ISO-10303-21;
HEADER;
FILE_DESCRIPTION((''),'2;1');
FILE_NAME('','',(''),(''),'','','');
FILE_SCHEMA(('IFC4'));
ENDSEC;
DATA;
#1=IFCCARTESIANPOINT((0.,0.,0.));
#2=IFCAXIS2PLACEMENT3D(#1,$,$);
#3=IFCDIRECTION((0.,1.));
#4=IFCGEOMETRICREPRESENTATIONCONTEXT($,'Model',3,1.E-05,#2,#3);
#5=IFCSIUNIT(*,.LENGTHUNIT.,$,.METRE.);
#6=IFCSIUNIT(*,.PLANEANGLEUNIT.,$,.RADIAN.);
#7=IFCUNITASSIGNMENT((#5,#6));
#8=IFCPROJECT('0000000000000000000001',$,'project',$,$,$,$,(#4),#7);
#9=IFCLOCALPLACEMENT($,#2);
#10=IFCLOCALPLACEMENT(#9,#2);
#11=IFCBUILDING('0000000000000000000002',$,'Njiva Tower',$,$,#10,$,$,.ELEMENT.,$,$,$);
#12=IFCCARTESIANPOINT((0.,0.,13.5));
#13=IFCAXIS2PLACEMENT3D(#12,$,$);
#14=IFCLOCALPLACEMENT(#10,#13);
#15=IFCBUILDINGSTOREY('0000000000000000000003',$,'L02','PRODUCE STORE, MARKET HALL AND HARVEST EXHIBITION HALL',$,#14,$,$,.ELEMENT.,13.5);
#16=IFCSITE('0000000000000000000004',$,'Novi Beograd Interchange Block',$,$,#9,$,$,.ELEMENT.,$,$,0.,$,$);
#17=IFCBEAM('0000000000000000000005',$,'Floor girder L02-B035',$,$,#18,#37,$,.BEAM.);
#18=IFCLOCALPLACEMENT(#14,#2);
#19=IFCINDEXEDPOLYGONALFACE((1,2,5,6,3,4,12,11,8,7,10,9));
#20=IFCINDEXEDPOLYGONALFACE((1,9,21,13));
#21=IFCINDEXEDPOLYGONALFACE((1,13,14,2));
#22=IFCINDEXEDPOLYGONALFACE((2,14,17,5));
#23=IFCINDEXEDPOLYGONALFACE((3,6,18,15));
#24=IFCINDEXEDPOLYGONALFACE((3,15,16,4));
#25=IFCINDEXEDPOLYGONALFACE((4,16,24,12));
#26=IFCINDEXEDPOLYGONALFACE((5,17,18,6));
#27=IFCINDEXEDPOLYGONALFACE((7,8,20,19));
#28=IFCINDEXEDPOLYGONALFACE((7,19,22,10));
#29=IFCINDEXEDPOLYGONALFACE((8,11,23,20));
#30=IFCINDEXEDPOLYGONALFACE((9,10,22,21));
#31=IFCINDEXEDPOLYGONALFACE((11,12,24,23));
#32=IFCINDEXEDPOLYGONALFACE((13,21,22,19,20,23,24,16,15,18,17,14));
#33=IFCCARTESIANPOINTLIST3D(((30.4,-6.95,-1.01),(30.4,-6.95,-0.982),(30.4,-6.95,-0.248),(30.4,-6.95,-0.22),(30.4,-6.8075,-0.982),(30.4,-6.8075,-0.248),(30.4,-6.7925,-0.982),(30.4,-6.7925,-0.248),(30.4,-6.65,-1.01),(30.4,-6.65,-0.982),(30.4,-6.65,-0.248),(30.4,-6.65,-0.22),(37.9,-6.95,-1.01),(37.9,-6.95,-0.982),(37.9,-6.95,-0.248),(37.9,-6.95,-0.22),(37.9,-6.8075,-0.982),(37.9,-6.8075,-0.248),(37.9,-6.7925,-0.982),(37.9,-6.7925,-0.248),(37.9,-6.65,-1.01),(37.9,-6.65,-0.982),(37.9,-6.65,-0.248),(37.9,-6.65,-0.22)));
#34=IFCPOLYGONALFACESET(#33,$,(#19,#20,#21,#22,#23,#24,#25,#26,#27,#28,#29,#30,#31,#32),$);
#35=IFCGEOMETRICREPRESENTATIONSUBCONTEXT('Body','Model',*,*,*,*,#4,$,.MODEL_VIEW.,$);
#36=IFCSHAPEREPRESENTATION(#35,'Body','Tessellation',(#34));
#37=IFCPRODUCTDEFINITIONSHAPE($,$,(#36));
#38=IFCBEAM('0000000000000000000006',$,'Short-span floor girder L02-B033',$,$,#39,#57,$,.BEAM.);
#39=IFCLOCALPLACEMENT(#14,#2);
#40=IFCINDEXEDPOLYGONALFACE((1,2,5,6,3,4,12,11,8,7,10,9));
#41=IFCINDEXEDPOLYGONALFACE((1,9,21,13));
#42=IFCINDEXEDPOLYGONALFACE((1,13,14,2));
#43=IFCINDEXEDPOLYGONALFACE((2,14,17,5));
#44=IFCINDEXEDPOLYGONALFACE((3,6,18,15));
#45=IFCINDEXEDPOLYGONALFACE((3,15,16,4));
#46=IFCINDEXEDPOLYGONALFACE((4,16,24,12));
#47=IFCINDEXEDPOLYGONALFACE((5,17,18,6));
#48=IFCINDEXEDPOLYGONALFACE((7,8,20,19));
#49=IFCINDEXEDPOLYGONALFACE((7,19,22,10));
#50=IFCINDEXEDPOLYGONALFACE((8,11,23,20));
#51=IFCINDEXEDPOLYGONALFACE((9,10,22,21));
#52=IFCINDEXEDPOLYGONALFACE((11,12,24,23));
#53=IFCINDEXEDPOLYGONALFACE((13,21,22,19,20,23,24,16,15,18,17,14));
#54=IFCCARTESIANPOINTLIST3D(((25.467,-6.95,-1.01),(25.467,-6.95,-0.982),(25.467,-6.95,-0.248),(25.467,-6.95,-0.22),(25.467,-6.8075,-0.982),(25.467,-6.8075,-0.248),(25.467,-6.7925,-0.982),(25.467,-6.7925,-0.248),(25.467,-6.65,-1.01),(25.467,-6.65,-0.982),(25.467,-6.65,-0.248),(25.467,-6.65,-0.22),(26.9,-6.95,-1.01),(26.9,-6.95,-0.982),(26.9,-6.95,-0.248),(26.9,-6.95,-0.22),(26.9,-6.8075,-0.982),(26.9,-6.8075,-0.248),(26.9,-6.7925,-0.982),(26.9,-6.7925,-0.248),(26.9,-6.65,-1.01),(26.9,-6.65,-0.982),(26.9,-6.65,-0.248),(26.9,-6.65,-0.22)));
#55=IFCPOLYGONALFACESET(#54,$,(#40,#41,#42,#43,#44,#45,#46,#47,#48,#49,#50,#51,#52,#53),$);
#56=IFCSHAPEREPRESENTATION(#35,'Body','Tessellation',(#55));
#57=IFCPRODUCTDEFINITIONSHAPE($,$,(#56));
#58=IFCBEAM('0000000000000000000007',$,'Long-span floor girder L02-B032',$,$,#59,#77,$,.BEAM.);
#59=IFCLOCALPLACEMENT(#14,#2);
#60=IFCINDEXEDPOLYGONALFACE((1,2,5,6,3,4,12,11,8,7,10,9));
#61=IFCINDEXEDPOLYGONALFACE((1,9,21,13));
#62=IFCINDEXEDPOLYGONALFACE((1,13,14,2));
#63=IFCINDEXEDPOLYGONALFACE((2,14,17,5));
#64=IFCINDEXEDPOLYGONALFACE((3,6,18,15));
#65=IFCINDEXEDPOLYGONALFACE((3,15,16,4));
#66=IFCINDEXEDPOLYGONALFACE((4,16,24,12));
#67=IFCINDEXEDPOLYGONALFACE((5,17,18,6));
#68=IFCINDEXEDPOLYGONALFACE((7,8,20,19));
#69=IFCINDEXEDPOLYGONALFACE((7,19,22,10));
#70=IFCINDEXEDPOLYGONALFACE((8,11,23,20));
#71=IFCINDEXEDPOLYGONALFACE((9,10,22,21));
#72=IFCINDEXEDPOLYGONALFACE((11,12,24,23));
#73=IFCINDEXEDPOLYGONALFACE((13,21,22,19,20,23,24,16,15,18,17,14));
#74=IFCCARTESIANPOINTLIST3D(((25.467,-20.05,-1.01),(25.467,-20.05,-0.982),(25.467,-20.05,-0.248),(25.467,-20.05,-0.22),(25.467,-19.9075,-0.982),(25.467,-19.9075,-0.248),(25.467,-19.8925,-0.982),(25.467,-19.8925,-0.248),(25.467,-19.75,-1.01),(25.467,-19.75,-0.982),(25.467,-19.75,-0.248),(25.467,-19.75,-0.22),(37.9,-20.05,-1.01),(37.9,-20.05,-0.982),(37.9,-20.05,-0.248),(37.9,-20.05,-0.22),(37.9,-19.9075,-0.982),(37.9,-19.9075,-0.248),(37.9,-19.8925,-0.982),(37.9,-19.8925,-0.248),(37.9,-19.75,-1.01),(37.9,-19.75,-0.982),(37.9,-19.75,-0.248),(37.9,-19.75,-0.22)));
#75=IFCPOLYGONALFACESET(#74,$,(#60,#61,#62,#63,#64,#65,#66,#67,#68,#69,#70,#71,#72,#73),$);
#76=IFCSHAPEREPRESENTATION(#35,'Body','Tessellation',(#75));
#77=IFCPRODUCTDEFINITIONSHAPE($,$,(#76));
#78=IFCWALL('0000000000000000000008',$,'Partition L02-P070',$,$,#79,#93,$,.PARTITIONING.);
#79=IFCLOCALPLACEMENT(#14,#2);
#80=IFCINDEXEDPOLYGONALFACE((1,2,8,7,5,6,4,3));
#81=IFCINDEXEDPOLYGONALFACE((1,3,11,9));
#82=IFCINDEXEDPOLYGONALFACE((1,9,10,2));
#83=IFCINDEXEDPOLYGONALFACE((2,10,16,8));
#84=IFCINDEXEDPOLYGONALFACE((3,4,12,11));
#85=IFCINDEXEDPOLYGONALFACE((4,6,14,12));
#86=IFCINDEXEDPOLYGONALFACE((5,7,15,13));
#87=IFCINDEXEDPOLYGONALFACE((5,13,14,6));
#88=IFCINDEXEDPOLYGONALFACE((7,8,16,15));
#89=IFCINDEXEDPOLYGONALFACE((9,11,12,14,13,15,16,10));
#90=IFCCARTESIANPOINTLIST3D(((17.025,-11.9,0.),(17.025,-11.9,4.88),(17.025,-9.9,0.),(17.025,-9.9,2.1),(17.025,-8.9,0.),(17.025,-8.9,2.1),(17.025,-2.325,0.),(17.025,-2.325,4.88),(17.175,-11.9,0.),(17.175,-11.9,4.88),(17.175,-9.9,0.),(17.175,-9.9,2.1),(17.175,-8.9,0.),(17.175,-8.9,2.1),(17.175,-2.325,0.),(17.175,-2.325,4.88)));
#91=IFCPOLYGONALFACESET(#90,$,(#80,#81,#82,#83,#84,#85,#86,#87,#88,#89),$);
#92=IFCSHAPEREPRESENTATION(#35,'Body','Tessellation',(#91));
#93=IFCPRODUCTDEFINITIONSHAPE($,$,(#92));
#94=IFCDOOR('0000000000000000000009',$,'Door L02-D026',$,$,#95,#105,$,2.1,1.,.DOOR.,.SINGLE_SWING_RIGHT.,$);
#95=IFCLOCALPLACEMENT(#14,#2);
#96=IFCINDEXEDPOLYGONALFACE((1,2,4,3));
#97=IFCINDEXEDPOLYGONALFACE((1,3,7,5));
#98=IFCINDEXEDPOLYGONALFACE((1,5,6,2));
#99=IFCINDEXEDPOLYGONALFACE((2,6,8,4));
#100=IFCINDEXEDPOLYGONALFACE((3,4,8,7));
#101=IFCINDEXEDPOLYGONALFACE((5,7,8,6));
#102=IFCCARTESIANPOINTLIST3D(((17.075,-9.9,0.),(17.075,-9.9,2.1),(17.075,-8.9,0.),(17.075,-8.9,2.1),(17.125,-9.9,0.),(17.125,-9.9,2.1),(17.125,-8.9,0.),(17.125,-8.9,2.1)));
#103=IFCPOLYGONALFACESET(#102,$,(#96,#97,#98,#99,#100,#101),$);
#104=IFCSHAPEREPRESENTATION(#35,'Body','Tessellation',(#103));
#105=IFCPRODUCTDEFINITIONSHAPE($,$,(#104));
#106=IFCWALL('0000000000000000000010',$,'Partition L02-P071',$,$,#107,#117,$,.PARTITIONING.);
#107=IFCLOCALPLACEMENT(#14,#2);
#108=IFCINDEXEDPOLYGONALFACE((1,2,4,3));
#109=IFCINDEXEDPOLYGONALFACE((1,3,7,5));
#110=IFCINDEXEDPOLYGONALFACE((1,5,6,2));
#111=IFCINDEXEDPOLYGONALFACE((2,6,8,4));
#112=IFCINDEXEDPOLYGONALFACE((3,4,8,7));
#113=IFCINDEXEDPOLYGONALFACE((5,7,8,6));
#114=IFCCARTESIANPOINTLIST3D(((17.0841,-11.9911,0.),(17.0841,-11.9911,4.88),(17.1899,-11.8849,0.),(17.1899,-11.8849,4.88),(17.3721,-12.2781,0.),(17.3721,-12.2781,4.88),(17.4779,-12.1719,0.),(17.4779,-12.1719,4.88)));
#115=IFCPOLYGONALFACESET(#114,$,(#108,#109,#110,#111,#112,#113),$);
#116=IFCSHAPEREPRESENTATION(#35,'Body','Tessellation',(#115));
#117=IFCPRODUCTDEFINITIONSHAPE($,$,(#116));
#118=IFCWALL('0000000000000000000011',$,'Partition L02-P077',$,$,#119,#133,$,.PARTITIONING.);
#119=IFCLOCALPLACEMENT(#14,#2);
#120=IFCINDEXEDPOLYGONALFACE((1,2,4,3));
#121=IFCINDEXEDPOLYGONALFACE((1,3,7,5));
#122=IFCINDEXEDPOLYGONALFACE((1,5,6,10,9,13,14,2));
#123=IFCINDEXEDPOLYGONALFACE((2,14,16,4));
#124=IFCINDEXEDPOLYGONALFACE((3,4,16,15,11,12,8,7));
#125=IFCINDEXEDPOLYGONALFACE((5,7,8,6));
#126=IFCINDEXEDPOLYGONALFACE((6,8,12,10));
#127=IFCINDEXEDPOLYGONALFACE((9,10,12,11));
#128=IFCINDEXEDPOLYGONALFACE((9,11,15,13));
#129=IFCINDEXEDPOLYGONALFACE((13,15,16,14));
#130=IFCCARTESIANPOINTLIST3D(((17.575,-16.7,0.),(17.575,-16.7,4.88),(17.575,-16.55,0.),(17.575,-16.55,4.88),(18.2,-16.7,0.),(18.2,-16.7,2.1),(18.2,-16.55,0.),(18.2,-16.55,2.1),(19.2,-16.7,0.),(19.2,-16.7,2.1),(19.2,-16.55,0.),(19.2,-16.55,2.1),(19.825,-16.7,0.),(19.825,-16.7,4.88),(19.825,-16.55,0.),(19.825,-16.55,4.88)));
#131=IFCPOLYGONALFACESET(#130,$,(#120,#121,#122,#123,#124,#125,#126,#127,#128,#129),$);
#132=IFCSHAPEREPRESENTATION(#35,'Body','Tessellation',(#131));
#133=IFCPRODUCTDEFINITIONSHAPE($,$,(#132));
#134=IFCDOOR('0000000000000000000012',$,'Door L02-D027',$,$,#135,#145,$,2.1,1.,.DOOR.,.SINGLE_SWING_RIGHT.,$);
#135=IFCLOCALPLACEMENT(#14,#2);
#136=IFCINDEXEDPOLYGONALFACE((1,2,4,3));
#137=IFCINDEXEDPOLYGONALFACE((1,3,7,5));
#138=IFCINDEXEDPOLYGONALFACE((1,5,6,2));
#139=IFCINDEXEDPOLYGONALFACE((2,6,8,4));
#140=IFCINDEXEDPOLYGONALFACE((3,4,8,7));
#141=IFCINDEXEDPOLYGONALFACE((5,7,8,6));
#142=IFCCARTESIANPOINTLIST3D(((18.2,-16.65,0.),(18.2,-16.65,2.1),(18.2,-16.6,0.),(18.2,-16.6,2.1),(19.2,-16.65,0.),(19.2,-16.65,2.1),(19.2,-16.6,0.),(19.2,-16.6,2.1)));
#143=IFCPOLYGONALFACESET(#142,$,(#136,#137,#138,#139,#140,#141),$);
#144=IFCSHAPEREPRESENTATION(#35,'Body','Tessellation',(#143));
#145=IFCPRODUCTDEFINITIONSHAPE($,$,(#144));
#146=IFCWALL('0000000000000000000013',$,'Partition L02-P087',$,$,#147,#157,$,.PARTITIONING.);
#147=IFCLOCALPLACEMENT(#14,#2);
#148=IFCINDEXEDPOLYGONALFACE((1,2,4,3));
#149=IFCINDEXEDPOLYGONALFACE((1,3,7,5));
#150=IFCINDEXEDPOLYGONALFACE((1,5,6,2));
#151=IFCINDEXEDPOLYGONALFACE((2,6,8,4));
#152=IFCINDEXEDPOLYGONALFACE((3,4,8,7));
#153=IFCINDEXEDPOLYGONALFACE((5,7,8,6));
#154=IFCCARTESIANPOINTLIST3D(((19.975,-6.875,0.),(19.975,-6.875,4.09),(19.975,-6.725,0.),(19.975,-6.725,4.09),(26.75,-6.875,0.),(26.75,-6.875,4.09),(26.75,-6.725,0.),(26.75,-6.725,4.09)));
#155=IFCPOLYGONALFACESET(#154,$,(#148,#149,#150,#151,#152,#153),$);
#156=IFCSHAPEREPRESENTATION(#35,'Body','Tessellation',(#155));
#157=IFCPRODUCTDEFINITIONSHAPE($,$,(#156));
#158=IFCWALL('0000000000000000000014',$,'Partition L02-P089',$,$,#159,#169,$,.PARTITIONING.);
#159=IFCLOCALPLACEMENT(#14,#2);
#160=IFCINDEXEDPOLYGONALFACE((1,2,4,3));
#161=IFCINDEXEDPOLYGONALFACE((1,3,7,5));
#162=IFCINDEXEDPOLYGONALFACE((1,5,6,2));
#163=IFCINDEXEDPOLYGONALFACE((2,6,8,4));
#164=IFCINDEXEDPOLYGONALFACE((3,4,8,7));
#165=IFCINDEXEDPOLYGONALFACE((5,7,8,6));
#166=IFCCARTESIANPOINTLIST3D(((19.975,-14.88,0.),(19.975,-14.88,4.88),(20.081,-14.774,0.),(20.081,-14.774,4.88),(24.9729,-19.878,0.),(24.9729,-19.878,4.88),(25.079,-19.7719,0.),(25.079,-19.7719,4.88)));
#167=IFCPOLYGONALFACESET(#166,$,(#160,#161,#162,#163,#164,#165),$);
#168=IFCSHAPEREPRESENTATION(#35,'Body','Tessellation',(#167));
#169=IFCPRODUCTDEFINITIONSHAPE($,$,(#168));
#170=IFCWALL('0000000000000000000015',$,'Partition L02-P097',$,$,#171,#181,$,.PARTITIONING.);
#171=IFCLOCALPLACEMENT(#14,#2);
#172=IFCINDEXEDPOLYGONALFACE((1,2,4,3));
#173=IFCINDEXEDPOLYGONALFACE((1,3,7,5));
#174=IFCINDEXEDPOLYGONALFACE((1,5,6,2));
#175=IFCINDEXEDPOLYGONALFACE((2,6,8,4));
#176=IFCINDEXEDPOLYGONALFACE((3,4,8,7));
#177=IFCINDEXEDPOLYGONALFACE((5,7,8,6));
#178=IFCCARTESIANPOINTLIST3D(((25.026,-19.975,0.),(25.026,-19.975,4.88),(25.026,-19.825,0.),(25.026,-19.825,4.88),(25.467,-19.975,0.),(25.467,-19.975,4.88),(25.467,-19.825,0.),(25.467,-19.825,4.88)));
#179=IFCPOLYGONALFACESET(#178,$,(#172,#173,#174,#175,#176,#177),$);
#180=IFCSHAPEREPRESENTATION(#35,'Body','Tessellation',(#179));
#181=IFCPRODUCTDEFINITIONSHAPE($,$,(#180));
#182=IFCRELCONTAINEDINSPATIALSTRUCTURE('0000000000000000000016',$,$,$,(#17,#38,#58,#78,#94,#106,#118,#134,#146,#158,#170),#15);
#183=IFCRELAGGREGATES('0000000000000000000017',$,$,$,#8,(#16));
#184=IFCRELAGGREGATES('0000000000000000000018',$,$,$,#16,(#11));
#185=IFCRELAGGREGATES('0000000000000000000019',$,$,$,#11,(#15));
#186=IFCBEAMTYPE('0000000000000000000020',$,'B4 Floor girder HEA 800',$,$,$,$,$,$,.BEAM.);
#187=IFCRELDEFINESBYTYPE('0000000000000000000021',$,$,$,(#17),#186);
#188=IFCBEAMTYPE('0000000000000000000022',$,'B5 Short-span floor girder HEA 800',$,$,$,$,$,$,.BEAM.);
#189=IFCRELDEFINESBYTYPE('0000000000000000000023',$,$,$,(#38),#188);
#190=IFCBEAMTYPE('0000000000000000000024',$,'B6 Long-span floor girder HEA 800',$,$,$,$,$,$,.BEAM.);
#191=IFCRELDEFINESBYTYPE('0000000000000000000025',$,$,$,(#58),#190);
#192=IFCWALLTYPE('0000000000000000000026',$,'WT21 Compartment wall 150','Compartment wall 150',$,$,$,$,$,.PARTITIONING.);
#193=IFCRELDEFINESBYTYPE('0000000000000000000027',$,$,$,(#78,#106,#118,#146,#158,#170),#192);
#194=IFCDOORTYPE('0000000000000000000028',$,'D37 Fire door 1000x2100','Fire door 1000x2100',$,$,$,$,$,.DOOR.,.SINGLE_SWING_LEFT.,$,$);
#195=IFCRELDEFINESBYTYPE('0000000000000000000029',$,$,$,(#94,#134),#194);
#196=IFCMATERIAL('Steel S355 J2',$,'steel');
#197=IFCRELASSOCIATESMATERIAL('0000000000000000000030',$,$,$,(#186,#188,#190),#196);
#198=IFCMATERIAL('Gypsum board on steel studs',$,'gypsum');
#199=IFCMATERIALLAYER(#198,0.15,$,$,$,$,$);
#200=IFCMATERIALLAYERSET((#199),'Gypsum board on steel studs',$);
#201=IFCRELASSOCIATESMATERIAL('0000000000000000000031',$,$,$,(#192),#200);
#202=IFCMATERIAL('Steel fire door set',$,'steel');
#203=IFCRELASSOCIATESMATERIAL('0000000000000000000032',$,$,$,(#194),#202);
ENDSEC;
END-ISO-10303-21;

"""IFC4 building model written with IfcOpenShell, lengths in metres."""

from ifc_helpers import new_model, si_unit, direction, frame, frame_2d, origin, origin_2d, place, context, subcontext, project, spatial, rectangle, i_section, extrude, material, layer, layer_set, material_profile, profile_set, type_object, element, fill, save


model = new_model("IFC4")

# Units and contexts
model_context = context("Model", 3, precision=1e-05, world=origin(), true_north=direction((0.0, 1.0)))
body_context = subcontext(model_context, "Body", "Model", "MODEL_VIEW")
ifc_project = project(units=[si_unit("LENGTHUNIT", "METRE"), si_unit("PLANEANGLEUNIT", "RADIAN")], contexts=[model_context])

# Site, building, storey
site_placement = place(None, origin())
site = spatial("IfcSite", under=ifc_project, at=site_placement, Name="Novi Beograd Interchange Block", CompositionType="ELEMENT", RefElevation=0.0)
building_placement = place(site_placement, origin())
building = spatial("IfcBuilding", under=site, at=building_placement, Name="Njiva Tower", CompositionType="ELEMENT")
storey_placement = place(building_placement, frame((0.0, 0.0, 13.5)))
storey = spatial("IfcBuildingStorey", under=building, at=storey_placement, Name="L02", Description="PRODUCE STORE, MARKET HALL AND HARVEST EXHIBITION HALL", CompositionType="ELEMENT", Elevation=13.5)

# Shared definitions
ifc_material_1 = material(Name="Steel S355 J2", Category="steel")

# Beams
ifc_material_profile_1 = material_profile(ifc_material_1, i_section(OverallWidth=0.3, OverallDepth=0.79, WebThickness=0.015, FlangeThickness=0.028, at=origin_2d()), Name="HEA 800")
ifc_profile_set_1 = profile_set([ifc_material_profile_1], Name="Steel S355 J2")
beam_type_1 = type_object("IfcBeamType", Name="B4 Floor girder HEA 800", PredefinedType="BEAM", material=ifc_profile_set_1)
beam_1_placement = place(storey_placement, frame((30.4, -6.8, -0.615), z_axis=(1.0, 0.0, 0.0), x_axis=(0.0, 1.0, 0.0)))
element("IfcBeam", 1, at=beam_1_placement, inside=storey, type_object=beam_type_1, Name="Floor girder L02-B035", PredefinedType="BEAM", context=body_context, shape_type="SweptSolid", body=[
    extrude(i_section(OverallWidth=0.3, OverallDepth=0.79, WebThickness=0.015, FlangeThickness=0.028, at=origin_2d()), origin(), (0.0, 0.0, 1.0), 7.5),
])
ifc_material_profile_2 = material_profile(ifc_material_1, i_section(OverallWidth=0.3, OverallDepth=0.79, WebThickness=0.015, FlangeThickness=0.028, at=origin_2d()), Name="HEA 800")
ifc_profile_set_2 = profile_set([ifc_material_profile_2], Name="Steel S355 J2")
beam_type_2 = type_object("IfcBeamType", Name="B5 Short-span floor girder HEA 800", PredefinedType="BEAM", material=ifc_profile_set_2)
beam_2_placement = place(storey_placement, frame((25.467, -6.8, -0.615), z_axis=(1.0, 0.0, 0.0), x_axis=(0.0, 1.0, 0.0)))
element("IfcBeam", 2, at=beam_2_placement, inside=storey, type_object=beam_type_2, Name="Short-span floor girder L02-B033", PredefinedType="BEAM", context=body_context, shape_type="SweptSolid", body=[
    extrude(i_section(OverallWidth=0.3, OverallDepth=0.79, WebThickness=0.015, FlangeThickness=0.028, at=origin_2d()), origin(), (0.0, 0.0, 1.0), 1.433),
])
ifc_material_profile_3 = material_profile(ifc_material_1, i_section(OverallWidth=0.3, OverallDepth=0.79, WebThickness=0.015, FlangeThickness=0.028, at=origin_2d()), Name="HEA 800")
ifc_profile_set_3 = profile_set([ifc_material_profile_3], Name="Steel S355 J2")
beam_type_3 = type_object("IfcBeamType", Name="B6 Long-span floor girder HEA 800", PredefinedType="BEAM", material=ifc_profile_set_3)
beam_3_placement = place(storey_placement, frame((25.467, -19.9, -0.615), z_axis=(1.0, 0.0, 0.0), x_axis=(0.0, 1.0, 0.0)))
element("IfcBeam", 3, at=beam_3_placement, inside=storey, type_object=beam_type_3, Name="Long-span floor girder L02-B032", PredefinedType="BEAM", context=body_context, shape_type="SweptSolid", body=[
    extrude(i_section(OverallWidth=0.3, OverallDepth=0.79, WebThickness=0.015, FlangeThickness=0.028, at=origin_2d()), origin(), (0.0, 0.0, 1.0), 12.433),
])

# Wall, opening, door
ifc_material_2 = material(Name="Gypsum board on steel studs", Category="gypsum")
ifc_layer_1 = layer(ifc_material_2, 0.15)
ifc_layer_set_1 = layer_set([ifc_layer_1], Name="Gypsum board on steel studs")
wall_type_1 = type_object("IfcWallType", Name="WT21 Compartment wall 150", Description="Compartment wall 150", PredefinedType="PARTITIONING", material=ifc_layer_set_1)
wall_1_placement = place(storey_placement, frame((17.1, -11.9, 0.0), z_axis=(0.0, 0.0, 1.0), x_axis=(0.0, 1.0, 0.0)))
wall_1 = element("IfcWall", 4, at=wall_1_placement, inside=storey, type_object=wall_type_1, Name="Partition L02-P070", PredefinedType="PARTITIONING", context=body_context, shape_type="SweptSolid", body=[
    extrude(rectangle(XDim=9.575, YDim=0.15, at=frame_2d((4.7875, 0.0))), origin(), (0.0, 0.0, 1.0), 4.88),
])
opening_1_placement = place(wall_1_placement, frame((2.0, 0.0, 0.0)))
opening_1 = element("IfcOpeningElement", 5, at=opening_1_placement, cuts=wall_1, PredefinedType="OPENING", context=body_context, shape_type="SweptSolid", body=[
    extrude(rectangle(XDim=1.0, YDim=2.1, at=frame_2d((0.5, 1.05))), frame((0.0, 0.085, 0.0), z_axis=(0.0, -1.0, 0.0), x_axis=(1.0, 0.0, 0.0)), (0.0, 0.0, 1.0), 0.17),
])
ifc_material_3 = material(Name="Steel fire door set", Category="steel")
door_type_1 = type_object("IfcDoorType", Name="D37 Fire door 1000x2100", Description="Fire door 1000x2100", OperationType="SINGLE_SWING_LEFT", PredefinedType="DOOR", material=ifc_material_3)
door_1_placement = place(opening_1_placement, origin())
door_1 = element("IfcDoor", 6, at=door_1_placement, inside=storey, type_object=door_type_1, Name="Door L02-D026", OperationType="SINGLE_SWING_RIGHT", OverallHeight=2.1, OverallWidth=1.0, PredefinedType="DOOR", context=body_context, shape_type="SweptSolid", body=[
    extrude(rectangle(XDim=1.0, YDim=2.1, at=frame_2d((0.5, 1.05))), frame((0.0, 0.025, 0.0), z_axis=(0.0, -1.0, 0.0), x_axis=(1.0, 0.0, 0.0)), (0.0, 0.0, 1.0), 0.05),
])
fill(opening_1, door_1)

# Wall
wall_2_placement = place(storey_placement, frame((17.137, -11.938, 0.0), z_axis=(0.0, 0.0, 1.0), x_axis=(0.708335, -0.705876, 0.0)))
element("IfcWall", 7, at=wall_2_placement, inside=storey, type_object=wall_type_1, Name="Partition L02-P071", PredefinedType="PARTITIONING", context=body_context, shape_type="SweptSolid", body=[
    extrude(rectangle(XDim=0.4066, YDim=0.15, at=frame_2d((0.2033, 0.0))), origin(), (0.0, 0.0, 1.0), 4.88),
])

# Wall, opening, door
wall_3_placement = place(storey_placement, frame((17.575, -16.625, 0.0), z_axis=(0.0, 0.0, 1.0), x_axis=(1.0, 0.0, 0.0)))
wall_3 = element("IfcWall", 8, at=wall_3_placement, inside=storey, type_object=wall_type_1, Name="Partition L02-P077", PredefinedType="PARTITIONING", context=body_context, shape_type="SweptSolid", body=[
    extrude(rectangle(XDim=2.25, YDim=0.15, at=frame_2d((1.125, 0.0))), origin(), (0.0, 0.0, 1.0), 4.88),
])
opening_2_placement = place(wall_3_placement, frame((0.625, 0.0, 0.0)))
opening_2 = element("IfcOpeningElement", 9, at=opening_2_placement, cuts=wall_3, PredefinedType="OPENING", context=body_context, shape_type="SweptSolid", body=[
    extrude(rectangle(XDim=1.0, YDim=2.1, at=frame_2d((0.5, 1.05))), frame((0.0, 0.085, 0.0), z_axis=(0.0, -1.0, 0.0), x_axis=(1.0, 0.0, 0.0)), (0.0, 0.0, 1.0), 0.17),
])
door_2_placement = place(opening_2_placement, origin())
door_2 = element("IfcDoor", 10, at=door_2_placement, inside=storey, type_object=door_type_1, Name="Door L02-D027", OperationType="SINGLE_SWING_RIGHT", OverallHeight=2.1, OverallWidth=1.0, PredefinedType="DOOR", context=body_context, shape_type="SweptSolid", body=[
    extrude(rectangle(XDim=1.0, YDim=2.1, at=frame_2d((0.5, 1.05))), frame((0.0, 0.025, 0.0), z_axis=(0.0, -1.0, 0.0), x_axis=(1.0, 0.0, 0.0)), (0.0, 0.0, 1.0), 0.05),
])
fill(opening_2, door_2)

# Walls
wall_4_placement = place(storey_placement, frame((19.975, -6.8, 0.0), z_axis=(0.0, 0.0, 1.0), x_axis=(1.0, 0.0, 0.0)))
element("IfcWall", 11, at=wall_4_placement, inside=storey, type_object=wall_type_1, Name="Partition L02-P087", PredefinedType="PARTITIONING", context=body_context, shape_type="SweptSolid", body=[
    extrude(rectangle(XDim=6.775, YDim=0.15, at=frame_2d((3.3875, 0.0))), origin(), (0.0, 0.0, 1.0), 4.09),
])
wall_5_placement = place(storey_placement, frame((20.028, -14.827, 0.0), z_axis=(0.0, 0.0, 1.0), x_axis=(0.707107, -0.707107, 0.0)))
element("IfcWall", 12, at=wall_5_placement, inside=storey, type_object=wall_type_1, Name="Partition L02-P089", PredefinedType="PARTITIONING", context=body_context, shape_type="SweptSolid", body=[
    extrude(rectangle(XDim=7.0682, YDim=0.15, at=frame_2d((3.5341, 0.0))), origin(), (0.0, 0.0, 1.0), 4.88),
])
wall_6_placement = place(storey_placement, frame((25.026, -19.9, 0.0), z_axis=(0.0, 0.0, 1.0), x_axis=(1.0, 0.0, 0.0)))
element("IfcWall", 13, at=wall_6_placement, inside=storey, type_object=wall_type_1, Name="Partition L02-P097", PredefinedType="PARTITIONING", context=body_context, shape_type="SweptSolid", body=[
    extrude(rectangle(XDim=0.441, YDim=0.15, at=frame_2d((0.2205, 0.0))), origin(), (0.0, 0.0, 1.0), 4.88),
])

save(model, "model.ifc")
